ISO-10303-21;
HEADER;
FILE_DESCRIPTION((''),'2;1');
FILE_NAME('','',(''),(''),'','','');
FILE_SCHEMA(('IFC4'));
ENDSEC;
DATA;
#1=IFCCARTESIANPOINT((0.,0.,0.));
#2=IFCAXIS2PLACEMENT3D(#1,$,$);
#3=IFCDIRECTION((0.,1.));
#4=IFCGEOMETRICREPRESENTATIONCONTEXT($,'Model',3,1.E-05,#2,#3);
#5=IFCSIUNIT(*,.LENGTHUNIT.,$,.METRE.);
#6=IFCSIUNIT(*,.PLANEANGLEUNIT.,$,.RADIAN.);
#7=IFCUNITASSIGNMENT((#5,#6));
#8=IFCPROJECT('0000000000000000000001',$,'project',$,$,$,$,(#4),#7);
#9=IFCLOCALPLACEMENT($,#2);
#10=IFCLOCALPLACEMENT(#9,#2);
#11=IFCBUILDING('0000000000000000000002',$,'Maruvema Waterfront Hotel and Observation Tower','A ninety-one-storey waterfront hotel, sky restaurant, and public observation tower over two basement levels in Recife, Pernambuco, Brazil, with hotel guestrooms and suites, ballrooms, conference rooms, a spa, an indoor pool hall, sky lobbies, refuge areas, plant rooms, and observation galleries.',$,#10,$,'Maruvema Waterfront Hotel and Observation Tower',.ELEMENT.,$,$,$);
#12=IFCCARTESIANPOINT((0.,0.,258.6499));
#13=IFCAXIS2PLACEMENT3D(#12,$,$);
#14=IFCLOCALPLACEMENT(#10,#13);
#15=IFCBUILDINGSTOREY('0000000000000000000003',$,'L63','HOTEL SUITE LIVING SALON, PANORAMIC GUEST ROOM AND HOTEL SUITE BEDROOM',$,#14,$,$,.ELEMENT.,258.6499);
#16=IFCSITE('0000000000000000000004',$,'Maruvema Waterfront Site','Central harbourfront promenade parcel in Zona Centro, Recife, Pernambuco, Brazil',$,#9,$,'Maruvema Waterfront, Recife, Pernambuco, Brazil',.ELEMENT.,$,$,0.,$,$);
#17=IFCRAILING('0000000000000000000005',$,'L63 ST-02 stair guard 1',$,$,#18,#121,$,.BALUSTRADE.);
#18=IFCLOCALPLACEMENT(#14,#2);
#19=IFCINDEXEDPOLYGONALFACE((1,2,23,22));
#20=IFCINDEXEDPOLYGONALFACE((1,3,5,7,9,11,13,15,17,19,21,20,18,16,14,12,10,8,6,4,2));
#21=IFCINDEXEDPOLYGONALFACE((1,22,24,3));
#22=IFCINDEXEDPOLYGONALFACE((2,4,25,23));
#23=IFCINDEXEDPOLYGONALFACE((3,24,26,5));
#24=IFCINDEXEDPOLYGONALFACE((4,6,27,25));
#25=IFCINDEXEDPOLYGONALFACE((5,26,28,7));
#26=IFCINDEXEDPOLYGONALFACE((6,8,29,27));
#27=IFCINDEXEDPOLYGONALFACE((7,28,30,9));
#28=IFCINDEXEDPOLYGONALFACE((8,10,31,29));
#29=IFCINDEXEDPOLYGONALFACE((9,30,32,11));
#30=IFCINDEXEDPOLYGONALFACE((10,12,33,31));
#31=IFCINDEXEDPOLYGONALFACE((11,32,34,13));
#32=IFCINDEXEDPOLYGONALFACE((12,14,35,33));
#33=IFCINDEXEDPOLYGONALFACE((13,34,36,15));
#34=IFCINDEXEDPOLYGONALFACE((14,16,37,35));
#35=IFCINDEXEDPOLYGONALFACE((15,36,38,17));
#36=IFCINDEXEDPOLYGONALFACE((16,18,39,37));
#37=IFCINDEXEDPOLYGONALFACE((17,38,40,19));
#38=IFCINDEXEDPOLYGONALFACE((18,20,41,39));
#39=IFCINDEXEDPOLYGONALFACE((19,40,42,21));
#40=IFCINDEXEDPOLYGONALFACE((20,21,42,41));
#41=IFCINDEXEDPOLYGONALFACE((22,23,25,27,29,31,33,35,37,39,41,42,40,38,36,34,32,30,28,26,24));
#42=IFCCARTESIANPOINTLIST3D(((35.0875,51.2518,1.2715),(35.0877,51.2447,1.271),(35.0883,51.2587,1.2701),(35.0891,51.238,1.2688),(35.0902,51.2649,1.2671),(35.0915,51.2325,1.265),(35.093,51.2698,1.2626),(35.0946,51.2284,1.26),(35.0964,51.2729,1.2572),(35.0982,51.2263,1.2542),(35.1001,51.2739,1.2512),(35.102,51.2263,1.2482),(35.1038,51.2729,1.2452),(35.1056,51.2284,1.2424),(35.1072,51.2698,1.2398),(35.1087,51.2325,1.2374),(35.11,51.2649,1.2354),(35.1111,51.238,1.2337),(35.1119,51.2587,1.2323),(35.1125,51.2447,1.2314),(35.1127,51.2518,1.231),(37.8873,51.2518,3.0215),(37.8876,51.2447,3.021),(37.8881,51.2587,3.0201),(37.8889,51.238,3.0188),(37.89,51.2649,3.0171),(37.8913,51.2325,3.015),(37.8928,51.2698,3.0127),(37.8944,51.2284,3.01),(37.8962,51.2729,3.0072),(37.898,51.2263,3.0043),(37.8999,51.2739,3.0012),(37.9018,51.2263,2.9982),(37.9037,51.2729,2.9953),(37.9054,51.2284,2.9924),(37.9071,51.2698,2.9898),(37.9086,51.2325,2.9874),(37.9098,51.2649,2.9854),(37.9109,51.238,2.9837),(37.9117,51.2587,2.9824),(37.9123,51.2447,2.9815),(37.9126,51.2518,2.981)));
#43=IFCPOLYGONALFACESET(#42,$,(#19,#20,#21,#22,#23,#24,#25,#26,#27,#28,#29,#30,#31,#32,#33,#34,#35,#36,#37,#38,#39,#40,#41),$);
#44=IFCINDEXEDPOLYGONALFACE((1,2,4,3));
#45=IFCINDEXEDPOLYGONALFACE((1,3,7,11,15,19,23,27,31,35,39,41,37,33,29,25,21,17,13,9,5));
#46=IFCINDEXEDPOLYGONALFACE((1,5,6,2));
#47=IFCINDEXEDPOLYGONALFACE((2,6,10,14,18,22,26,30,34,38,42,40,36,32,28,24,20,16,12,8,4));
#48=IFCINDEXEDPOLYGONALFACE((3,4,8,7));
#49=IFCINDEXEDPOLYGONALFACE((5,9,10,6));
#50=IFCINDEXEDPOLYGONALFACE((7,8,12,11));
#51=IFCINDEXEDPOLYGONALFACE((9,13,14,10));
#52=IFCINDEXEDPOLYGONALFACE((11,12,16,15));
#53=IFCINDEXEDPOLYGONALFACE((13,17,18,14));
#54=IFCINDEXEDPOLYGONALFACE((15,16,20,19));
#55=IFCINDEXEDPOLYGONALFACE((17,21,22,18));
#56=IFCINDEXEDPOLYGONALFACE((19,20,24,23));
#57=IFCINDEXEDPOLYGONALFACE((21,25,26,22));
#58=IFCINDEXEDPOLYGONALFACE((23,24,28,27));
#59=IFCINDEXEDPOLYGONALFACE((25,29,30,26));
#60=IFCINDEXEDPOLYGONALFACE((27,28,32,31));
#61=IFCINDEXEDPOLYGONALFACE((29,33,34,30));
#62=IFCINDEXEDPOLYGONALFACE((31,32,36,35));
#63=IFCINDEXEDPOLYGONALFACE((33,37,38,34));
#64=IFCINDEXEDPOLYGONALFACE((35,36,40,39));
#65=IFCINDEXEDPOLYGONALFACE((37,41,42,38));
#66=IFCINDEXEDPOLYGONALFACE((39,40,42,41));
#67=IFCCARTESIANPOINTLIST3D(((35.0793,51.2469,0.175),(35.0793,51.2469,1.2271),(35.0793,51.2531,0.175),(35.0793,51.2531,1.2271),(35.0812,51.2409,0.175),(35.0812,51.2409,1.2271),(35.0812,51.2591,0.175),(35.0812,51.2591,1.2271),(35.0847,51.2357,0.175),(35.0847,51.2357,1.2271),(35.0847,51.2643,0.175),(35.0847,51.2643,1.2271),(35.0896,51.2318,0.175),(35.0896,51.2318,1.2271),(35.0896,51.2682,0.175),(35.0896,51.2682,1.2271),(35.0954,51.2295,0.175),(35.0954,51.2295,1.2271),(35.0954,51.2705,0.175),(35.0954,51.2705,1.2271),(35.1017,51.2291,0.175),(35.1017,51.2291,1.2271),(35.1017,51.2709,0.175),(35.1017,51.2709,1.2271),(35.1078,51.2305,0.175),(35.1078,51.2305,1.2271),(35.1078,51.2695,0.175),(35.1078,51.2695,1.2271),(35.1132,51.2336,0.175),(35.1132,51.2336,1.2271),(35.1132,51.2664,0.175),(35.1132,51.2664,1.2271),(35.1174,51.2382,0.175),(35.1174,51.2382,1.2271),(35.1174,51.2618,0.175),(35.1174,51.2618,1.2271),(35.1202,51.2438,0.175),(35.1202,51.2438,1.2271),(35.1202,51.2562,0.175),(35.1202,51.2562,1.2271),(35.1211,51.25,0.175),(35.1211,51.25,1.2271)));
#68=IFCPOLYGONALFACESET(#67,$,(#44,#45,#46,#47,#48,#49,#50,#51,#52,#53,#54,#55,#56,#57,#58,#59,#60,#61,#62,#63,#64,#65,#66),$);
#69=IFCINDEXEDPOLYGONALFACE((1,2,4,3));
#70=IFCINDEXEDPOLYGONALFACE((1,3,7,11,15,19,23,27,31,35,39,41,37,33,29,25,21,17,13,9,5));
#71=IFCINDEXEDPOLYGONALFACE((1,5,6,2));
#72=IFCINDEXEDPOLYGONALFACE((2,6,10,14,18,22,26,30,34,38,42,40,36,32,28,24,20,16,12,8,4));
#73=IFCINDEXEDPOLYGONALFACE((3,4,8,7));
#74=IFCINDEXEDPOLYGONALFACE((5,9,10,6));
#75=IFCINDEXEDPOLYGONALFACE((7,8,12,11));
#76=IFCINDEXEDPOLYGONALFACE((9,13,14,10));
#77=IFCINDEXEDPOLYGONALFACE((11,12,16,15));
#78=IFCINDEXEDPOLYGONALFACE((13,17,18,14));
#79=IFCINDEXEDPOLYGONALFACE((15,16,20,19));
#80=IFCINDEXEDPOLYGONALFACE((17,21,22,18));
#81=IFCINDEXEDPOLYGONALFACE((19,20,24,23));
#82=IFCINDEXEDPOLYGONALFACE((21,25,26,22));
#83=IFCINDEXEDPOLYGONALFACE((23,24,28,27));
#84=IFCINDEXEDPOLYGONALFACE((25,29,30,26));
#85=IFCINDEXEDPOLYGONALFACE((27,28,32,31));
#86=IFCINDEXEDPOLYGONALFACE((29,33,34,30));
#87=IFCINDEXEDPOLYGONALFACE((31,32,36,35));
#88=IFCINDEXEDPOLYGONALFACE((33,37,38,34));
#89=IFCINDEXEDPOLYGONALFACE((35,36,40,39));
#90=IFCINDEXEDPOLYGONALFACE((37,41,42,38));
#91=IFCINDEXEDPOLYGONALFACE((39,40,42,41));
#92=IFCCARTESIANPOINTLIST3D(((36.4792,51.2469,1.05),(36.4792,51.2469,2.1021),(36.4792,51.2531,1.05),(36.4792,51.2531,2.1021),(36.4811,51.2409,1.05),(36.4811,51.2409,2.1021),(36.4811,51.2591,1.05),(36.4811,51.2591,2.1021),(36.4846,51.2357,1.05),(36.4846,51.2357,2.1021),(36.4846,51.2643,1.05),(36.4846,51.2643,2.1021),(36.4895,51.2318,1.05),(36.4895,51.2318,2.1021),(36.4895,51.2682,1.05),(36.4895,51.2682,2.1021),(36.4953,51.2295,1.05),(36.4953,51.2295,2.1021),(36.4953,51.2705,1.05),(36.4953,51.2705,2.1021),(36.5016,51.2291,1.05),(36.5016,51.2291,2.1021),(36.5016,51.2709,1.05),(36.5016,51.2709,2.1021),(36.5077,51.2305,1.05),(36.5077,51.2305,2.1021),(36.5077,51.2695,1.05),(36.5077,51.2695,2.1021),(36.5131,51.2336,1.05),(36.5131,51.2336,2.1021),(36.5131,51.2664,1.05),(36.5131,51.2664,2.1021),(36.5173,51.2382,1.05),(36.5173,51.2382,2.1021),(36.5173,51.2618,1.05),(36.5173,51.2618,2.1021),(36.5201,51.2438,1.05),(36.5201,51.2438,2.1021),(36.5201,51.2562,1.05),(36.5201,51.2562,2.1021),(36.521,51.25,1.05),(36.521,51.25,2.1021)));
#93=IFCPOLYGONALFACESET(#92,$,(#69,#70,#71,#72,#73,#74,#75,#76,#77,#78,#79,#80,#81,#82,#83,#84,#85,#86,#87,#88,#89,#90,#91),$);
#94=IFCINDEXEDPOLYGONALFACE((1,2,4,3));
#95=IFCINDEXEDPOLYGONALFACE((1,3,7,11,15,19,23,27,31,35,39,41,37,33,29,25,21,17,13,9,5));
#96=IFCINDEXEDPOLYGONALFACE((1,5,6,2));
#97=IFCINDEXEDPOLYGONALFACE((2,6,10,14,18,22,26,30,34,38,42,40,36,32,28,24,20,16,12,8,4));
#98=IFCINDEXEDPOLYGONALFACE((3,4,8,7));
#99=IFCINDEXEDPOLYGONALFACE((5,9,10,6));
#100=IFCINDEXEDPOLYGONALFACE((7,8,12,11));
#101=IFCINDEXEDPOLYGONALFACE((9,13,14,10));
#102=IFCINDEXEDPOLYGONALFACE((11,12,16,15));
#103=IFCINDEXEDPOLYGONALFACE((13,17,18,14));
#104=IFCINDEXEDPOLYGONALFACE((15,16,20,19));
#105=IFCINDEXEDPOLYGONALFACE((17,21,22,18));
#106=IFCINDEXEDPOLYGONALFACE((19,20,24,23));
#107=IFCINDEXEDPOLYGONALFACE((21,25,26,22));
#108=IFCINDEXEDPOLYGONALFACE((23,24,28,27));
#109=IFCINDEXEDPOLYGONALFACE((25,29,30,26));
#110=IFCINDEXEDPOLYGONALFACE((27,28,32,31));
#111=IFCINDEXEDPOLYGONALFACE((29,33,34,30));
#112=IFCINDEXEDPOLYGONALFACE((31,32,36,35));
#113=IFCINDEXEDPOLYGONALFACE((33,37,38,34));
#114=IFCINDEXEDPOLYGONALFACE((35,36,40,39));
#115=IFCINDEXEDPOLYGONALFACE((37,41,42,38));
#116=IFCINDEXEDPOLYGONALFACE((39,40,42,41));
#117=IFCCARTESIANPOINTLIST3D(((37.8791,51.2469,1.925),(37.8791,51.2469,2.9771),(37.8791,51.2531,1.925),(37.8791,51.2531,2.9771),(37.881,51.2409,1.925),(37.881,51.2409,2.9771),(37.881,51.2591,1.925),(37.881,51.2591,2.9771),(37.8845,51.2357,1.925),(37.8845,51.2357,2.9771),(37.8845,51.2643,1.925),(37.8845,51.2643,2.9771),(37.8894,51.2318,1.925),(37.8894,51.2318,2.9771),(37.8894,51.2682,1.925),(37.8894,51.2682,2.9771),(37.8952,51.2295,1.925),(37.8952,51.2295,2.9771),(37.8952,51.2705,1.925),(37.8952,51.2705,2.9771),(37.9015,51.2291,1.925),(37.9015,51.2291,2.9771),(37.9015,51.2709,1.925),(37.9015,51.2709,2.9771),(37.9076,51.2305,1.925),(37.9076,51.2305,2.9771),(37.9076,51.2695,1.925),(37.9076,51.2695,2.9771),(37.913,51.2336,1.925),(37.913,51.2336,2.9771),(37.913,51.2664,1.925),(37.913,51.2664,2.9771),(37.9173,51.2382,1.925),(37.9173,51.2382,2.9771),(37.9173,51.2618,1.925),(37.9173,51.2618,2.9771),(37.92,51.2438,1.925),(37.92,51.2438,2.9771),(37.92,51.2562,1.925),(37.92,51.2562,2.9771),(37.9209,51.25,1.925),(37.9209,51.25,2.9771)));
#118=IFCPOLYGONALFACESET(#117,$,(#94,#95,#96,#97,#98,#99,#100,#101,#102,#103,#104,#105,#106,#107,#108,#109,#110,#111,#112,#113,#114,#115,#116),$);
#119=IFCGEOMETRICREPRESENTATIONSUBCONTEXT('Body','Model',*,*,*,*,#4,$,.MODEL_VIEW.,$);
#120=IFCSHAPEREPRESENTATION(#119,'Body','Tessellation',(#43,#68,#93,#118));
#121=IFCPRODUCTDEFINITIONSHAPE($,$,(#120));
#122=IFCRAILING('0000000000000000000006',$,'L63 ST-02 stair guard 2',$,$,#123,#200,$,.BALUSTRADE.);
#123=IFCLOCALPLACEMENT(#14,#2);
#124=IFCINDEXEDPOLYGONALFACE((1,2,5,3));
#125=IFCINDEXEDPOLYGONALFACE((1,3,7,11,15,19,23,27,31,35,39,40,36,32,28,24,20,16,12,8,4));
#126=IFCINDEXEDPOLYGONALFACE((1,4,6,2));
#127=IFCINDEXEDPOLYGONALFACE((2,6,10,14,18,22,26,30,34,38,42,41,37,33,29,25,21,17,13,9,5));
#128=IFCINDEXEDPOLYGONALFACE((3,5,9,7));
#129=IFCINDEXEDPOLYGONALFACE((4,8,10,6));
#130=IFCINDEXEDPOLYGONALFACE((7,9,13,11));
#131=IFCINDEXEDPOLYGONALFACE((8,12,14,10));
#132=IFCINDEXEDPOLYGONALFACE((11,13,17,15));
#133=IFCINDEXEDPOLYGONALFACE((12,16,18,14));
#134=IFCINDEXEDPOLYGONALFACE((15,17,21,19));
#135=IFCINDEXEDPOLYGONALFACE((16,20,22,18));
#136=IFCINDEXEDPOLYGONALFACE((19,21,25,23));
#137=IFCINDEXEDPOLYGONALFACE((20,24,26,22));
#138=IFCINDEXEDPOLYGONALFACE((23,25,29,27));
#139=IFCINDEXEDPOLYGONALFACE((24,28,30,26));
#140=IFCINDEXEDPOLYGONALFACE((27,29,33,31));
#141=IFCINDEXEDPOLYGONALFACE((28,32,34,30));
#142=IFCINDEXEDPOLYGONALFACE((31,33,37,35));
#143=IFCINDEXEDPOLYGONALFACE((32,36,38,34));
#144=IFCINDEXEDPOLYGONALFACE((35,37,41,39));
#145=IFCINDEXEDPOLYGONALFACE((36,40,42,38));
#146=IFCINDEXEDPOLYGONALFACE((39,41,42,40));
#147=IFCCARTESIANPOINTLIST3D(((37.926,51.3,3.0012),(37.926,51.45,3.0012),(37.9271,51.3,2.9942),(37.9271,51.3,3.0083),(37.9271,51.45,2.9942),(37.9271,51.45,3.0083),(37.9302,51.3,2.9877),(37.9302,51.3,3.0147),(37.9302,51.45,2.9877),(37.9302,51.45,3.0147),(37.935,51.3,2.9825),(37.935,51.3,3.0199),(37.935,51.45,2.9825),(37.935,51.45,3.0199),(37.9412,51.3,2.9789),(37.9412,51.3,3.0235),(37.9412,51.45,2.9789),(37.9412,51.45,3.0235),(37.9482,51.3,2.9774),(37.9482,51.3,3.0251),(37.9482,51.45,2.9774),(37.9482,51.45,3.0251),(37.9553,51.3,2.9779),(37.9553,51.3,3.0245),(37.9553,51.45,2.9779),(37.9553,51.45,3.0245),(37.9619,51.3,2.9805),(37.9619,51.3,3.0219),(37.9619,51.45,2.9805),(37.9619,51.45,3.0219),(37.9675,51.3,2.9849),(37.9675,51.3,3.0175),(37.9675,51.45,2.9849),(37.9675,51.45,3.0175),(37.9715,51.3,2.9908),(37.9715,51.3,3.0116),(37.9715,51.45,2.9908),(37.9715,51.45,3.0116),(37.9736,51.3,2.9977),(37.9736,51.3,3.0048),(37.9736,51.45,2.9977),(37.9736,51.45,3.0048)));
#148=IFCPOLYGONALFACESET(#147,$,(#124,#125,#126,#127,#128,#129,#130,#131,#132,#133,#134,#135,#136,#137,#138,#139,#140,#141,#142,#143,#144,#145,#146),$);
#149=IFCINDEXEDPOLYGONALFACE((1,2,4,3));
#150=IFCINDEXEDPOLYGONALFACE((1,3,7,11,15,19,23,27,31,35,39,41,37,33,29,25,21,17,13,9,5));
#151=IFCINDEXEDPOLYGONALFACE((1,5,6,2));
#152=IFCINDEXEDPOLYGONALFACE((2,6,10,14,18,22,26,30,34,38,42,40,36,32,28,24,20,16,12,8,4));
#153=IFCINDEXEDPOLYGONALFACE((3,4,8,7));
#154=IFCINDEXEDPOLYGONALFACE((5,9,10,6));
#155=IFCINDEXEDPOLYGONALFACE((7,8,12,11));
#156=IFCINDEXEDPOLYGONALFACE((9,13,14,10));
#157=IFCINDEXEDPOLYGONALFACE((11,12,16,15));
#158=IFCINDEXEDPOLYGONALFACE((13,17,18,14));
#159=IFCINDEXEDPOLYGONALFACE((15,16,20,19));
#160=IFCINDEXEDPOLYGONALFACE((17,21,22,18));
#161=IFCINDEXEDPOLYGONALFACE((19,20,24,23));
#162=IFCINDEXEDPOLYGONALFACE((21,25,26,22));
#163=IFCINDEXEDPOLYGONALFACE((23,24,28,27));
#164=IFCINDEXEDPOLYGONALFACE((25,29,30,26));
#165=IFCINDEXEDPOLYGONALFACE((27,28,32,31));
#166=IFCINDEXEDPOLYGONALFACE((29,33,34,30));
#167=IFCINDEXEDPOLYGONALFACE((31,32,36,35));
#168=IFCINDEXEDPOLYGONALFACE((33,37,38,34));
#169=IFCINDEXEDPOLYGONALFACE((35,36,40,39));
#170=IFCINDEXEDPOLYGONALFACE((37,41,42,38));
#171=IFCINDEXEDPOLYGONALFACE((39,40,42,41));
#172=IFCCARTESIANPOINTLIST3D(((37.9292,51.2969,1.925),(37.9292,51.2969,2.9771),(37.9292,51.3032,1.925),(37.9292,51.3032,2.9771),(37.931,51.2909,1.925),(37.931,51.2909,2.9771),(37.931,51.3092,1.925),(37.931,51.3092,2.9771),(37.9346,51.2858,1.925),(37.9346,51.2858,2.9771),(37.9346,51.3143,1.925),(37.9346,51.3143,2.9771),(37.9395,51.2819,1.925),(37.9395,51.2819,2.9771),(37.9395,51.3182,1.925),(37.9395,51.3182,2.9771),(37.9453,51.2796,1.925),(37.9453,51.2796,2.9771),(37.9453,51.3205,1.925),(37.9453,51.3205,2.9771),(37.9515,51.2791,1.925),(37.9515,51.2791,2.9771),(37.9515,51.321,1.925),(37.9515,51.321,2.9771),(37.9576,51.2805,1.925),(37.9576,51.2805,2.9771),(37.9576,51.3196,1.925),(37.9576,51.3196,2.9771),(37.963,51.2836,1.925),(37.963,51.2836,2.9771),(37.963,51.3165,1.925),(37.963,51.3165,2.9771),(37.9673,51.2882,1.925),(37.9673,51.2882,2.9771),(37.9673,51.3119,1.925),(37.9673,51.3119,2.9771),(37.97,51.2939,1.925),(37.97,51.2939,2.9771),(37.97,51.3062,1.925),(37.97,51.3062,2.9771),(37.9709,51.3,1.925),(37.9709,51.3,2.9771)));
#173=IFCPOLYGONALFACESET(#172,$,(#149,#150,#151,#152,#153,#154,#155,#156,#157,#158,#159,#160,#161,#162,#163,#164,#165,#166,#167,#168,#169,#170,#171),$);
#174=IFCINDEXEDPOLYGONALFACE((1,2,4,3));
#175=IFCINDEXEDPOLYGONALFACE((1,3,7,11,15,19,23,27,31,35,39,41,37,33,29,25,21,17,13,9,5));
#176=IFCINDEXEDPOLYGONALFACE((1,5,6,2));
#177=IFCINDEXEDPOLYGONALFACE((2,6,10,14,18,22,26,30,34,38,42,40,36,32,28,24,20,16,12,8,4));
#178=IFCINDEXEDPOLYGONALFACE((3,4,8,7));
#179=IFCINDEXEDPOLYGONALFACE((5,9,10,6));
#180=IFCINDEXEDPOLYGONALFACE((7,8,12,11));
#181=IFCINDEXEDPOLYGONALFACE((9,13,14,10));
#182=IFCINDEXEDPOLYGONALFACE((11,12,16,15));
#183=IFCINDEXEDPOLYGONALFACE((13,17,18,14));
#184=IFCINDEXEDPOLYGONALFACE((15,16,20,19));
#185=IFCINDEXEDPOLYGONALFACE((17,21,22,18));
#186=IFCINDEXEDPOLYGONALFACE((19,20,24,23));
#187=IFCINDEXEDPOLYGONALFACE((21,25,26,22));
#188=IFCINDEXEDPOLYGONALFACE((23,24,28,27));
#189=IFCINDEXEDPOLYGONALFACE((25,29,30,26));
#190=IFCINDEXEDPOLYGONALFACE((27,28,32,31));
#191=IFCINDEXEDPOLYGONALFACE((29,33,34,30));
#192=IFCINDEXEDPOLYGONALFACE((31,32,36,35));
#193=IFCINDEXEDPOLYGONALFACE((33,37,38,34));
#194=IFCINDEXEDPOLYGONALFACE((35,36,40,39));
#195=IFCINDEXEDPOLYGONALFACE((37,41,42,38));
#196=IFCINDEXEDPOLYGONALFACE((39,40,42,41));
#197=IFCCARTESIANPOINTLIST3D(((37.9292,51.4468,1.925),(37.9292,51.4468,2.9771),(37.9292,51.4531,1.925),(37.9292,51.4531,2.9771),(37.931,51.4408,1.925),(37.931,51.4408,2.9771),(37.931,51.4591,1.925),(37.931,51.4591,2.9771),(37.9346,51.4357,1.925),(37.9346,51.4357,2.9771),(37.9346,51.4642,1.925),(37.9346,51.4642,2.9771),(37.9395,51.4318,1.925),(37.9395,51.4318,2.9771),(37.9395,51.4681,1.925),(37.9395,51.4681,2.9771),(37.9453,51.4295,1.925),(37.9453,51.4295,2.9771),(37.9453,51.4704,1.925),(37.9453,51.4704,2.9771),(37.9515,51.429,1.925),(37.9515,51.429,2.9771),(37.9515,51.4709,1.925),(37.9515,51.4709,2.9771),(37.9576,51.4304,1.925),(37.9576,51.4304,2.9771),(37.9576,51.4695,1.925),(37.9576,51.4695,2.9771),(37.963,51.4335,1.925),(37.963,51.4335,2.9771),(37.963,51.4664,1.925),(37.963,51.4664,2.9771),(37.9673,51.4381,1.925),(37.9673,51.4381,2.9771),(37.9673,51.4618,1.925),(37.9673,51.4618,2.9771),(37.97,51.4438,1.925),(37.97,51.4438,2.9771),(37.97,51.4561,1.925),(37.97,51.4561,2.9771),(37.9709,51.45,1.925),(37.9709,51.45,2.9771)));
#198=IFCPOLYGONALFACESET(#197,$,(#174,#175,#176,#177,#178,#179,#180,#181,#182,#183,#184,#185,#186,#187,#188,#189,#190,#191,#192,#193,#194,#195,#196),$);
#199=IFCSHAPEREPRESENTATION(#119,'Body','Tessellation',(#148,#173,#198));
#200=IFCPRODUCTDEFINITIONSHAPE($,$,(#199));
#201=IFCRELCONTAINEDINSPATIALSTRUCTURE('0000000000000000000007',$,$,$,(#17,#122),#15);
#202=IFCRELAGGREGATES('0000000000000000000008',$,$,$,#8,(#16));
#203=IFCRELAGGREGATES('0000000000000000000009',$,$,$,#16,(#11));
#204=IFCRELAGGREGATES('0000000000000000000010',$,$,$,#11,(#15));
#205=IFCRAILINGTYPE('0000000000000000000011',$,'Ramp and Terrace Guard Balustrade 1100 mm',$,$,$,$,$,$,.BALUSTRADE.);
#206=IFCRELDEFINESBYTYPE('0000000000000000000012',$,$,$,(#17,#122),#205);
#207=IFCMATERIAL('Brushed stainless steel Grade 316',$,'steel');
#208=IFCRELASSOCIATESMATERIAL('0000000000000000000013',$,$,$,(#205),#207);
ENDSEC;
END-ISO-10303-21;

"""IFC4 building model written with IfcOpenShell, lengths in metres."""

from ifc_helpers import new_model, si_unit, direction, frame, origin, origin_2d, place, context, subcontext, project, spatial, circle, extrude, material, type_object, element, save


model = new_model("IFC4")

# Units and contexts
model_context = context("Model", 3, precision=1e-05, world=origin(), true_north=direction((0.0, 1.0)))
body_context = subcontext(model_context, "Body", "Model", "MODEL_VIEW")
ifc_project = project(units=[si_unit("LENGTHUNIT", "METRE"), si_unit("PLANEANGLEUNIT", "RADIAN")], contexts=[model_context])

# Site, building, storey
site_placement = place(None, origin())
site = spatial("IfcSite", under=ifc_project, at=site_placement, Name="Maruvema Waterfront Site", Description="Central harbourfront promenade parcel in Zona Centro, Recife, Pernambuco, Brazil", LongName="Maruvema Waterfront, Recife, Pernambuco, Brazil", CompositionType="ELEMENT", RefElevation=0.0)
building_placement = place(site_placement, origin())
building = spatial("IfcBuilding", under=site, at=building_placement, Name="Maruvema Waterfront Hotel and Observation Tower", Description="A ninety-one-storey waterfront hotel, sky restaurant, and public observation tower over two basement levels in Recife, Pernambuco, Brazil, with hotel guestrooms and suites, ballrooms, conference rooms, a spa, an indoor pool hall, sky lobbies, refuge areas, plant rooms, and observation galleries.", LongName="Maruvema Waterfront Hotel and Observation Tower", CompositionType="ELEMENT")
storey_placement = place(building_placement, frame((0.0, 0.0, 258.6499)))
storey = spatial("IfcBuildingStorey", under=building, at=storey_placement, Name="L63", Description="HOTEL SUITE LIVING SALON, PANORAMIC GUEST ROOM AND HOTEL SUITE BEDROOM", CompositionType="ELEMENT", Elevation=258.6499)

# Railings
ifc_material_1 = material(Name="Brushed stainless steel Grade 316", Category="steel")
railing_type_1 = type_object("IfcRailingType", Name="Ramp and Terrace Guard Balustrade 1100 mm", PredefinedType="BALUSTRADE", material=ifc_material_1)
railing_1_placement = place(storey_placement, frame((35.1001, 51.25, 0.175)))
element("IfcRailing", 1, at=railing_1_placement, inside=storey, type_object=railing_type_1, Name="L63 ST-02 stair guard 1", PredefinedType="BALUSTRADE", context=body_context, shape_type="SweptSolid", body=[
    extrude(circle(Radius=0.0239, at=origin_2d()), frame((0.0, 0.0, 1.0762), z_axis=(0.847982, 0.0, 0.530026), x_axis=(0.0, 1.0, 0.0)), (0.0, 0.0, 1.0), 3.3018),
    extrude(circle(Radius=0.021, at=origin_2d()), origin(), (0.0, 0.0, 1.0), 1.052),
    extrude(circle(Radius=0.021, at=origin_2d()), frame((1.3999, 0.0, 0.875)), (0.0, 0.0, 1.0), 1.052),
    extrude(circle(Radius=0.021, at=origin_2d()), frame((2.7998, 0.0, 1.75)), (0.0, 0.0, 1.0), 1.052),
])
railing_2_placement = place(storey_placement, frame((37.95, 51.3, 1.925)))
element("IfcRailing", 2, at=railing_2_placement, inside=storey, type_object=railing_type_1, Name="L63 ST-02 stair guard 2", PredefinedType="BALUSTRADE", context=body_context, shape_type="SweptSolid", body=[
    extrude(circle(Radius=0.0239, at=origin_2d()), frame((0.0, 0.0, 1.0762), z_axis=(0.0, 1.0, 0.0), x_axis=(-1.0, 0.0, 0.0)), (0.0, 0.0, 1.0), 0.1499),
    extrude(circle(Radius=0.021, at=origin_2d()), origin(), (0.0, 0.0, 1.0), 1.052),
    extrude(circle(Radius=0.021, at=origin_2d()), frame((0.0, 0.1499, 0.0)), (0.0, 0.0, 1.0), 1.052),
])

save(model, "model.ifc")
